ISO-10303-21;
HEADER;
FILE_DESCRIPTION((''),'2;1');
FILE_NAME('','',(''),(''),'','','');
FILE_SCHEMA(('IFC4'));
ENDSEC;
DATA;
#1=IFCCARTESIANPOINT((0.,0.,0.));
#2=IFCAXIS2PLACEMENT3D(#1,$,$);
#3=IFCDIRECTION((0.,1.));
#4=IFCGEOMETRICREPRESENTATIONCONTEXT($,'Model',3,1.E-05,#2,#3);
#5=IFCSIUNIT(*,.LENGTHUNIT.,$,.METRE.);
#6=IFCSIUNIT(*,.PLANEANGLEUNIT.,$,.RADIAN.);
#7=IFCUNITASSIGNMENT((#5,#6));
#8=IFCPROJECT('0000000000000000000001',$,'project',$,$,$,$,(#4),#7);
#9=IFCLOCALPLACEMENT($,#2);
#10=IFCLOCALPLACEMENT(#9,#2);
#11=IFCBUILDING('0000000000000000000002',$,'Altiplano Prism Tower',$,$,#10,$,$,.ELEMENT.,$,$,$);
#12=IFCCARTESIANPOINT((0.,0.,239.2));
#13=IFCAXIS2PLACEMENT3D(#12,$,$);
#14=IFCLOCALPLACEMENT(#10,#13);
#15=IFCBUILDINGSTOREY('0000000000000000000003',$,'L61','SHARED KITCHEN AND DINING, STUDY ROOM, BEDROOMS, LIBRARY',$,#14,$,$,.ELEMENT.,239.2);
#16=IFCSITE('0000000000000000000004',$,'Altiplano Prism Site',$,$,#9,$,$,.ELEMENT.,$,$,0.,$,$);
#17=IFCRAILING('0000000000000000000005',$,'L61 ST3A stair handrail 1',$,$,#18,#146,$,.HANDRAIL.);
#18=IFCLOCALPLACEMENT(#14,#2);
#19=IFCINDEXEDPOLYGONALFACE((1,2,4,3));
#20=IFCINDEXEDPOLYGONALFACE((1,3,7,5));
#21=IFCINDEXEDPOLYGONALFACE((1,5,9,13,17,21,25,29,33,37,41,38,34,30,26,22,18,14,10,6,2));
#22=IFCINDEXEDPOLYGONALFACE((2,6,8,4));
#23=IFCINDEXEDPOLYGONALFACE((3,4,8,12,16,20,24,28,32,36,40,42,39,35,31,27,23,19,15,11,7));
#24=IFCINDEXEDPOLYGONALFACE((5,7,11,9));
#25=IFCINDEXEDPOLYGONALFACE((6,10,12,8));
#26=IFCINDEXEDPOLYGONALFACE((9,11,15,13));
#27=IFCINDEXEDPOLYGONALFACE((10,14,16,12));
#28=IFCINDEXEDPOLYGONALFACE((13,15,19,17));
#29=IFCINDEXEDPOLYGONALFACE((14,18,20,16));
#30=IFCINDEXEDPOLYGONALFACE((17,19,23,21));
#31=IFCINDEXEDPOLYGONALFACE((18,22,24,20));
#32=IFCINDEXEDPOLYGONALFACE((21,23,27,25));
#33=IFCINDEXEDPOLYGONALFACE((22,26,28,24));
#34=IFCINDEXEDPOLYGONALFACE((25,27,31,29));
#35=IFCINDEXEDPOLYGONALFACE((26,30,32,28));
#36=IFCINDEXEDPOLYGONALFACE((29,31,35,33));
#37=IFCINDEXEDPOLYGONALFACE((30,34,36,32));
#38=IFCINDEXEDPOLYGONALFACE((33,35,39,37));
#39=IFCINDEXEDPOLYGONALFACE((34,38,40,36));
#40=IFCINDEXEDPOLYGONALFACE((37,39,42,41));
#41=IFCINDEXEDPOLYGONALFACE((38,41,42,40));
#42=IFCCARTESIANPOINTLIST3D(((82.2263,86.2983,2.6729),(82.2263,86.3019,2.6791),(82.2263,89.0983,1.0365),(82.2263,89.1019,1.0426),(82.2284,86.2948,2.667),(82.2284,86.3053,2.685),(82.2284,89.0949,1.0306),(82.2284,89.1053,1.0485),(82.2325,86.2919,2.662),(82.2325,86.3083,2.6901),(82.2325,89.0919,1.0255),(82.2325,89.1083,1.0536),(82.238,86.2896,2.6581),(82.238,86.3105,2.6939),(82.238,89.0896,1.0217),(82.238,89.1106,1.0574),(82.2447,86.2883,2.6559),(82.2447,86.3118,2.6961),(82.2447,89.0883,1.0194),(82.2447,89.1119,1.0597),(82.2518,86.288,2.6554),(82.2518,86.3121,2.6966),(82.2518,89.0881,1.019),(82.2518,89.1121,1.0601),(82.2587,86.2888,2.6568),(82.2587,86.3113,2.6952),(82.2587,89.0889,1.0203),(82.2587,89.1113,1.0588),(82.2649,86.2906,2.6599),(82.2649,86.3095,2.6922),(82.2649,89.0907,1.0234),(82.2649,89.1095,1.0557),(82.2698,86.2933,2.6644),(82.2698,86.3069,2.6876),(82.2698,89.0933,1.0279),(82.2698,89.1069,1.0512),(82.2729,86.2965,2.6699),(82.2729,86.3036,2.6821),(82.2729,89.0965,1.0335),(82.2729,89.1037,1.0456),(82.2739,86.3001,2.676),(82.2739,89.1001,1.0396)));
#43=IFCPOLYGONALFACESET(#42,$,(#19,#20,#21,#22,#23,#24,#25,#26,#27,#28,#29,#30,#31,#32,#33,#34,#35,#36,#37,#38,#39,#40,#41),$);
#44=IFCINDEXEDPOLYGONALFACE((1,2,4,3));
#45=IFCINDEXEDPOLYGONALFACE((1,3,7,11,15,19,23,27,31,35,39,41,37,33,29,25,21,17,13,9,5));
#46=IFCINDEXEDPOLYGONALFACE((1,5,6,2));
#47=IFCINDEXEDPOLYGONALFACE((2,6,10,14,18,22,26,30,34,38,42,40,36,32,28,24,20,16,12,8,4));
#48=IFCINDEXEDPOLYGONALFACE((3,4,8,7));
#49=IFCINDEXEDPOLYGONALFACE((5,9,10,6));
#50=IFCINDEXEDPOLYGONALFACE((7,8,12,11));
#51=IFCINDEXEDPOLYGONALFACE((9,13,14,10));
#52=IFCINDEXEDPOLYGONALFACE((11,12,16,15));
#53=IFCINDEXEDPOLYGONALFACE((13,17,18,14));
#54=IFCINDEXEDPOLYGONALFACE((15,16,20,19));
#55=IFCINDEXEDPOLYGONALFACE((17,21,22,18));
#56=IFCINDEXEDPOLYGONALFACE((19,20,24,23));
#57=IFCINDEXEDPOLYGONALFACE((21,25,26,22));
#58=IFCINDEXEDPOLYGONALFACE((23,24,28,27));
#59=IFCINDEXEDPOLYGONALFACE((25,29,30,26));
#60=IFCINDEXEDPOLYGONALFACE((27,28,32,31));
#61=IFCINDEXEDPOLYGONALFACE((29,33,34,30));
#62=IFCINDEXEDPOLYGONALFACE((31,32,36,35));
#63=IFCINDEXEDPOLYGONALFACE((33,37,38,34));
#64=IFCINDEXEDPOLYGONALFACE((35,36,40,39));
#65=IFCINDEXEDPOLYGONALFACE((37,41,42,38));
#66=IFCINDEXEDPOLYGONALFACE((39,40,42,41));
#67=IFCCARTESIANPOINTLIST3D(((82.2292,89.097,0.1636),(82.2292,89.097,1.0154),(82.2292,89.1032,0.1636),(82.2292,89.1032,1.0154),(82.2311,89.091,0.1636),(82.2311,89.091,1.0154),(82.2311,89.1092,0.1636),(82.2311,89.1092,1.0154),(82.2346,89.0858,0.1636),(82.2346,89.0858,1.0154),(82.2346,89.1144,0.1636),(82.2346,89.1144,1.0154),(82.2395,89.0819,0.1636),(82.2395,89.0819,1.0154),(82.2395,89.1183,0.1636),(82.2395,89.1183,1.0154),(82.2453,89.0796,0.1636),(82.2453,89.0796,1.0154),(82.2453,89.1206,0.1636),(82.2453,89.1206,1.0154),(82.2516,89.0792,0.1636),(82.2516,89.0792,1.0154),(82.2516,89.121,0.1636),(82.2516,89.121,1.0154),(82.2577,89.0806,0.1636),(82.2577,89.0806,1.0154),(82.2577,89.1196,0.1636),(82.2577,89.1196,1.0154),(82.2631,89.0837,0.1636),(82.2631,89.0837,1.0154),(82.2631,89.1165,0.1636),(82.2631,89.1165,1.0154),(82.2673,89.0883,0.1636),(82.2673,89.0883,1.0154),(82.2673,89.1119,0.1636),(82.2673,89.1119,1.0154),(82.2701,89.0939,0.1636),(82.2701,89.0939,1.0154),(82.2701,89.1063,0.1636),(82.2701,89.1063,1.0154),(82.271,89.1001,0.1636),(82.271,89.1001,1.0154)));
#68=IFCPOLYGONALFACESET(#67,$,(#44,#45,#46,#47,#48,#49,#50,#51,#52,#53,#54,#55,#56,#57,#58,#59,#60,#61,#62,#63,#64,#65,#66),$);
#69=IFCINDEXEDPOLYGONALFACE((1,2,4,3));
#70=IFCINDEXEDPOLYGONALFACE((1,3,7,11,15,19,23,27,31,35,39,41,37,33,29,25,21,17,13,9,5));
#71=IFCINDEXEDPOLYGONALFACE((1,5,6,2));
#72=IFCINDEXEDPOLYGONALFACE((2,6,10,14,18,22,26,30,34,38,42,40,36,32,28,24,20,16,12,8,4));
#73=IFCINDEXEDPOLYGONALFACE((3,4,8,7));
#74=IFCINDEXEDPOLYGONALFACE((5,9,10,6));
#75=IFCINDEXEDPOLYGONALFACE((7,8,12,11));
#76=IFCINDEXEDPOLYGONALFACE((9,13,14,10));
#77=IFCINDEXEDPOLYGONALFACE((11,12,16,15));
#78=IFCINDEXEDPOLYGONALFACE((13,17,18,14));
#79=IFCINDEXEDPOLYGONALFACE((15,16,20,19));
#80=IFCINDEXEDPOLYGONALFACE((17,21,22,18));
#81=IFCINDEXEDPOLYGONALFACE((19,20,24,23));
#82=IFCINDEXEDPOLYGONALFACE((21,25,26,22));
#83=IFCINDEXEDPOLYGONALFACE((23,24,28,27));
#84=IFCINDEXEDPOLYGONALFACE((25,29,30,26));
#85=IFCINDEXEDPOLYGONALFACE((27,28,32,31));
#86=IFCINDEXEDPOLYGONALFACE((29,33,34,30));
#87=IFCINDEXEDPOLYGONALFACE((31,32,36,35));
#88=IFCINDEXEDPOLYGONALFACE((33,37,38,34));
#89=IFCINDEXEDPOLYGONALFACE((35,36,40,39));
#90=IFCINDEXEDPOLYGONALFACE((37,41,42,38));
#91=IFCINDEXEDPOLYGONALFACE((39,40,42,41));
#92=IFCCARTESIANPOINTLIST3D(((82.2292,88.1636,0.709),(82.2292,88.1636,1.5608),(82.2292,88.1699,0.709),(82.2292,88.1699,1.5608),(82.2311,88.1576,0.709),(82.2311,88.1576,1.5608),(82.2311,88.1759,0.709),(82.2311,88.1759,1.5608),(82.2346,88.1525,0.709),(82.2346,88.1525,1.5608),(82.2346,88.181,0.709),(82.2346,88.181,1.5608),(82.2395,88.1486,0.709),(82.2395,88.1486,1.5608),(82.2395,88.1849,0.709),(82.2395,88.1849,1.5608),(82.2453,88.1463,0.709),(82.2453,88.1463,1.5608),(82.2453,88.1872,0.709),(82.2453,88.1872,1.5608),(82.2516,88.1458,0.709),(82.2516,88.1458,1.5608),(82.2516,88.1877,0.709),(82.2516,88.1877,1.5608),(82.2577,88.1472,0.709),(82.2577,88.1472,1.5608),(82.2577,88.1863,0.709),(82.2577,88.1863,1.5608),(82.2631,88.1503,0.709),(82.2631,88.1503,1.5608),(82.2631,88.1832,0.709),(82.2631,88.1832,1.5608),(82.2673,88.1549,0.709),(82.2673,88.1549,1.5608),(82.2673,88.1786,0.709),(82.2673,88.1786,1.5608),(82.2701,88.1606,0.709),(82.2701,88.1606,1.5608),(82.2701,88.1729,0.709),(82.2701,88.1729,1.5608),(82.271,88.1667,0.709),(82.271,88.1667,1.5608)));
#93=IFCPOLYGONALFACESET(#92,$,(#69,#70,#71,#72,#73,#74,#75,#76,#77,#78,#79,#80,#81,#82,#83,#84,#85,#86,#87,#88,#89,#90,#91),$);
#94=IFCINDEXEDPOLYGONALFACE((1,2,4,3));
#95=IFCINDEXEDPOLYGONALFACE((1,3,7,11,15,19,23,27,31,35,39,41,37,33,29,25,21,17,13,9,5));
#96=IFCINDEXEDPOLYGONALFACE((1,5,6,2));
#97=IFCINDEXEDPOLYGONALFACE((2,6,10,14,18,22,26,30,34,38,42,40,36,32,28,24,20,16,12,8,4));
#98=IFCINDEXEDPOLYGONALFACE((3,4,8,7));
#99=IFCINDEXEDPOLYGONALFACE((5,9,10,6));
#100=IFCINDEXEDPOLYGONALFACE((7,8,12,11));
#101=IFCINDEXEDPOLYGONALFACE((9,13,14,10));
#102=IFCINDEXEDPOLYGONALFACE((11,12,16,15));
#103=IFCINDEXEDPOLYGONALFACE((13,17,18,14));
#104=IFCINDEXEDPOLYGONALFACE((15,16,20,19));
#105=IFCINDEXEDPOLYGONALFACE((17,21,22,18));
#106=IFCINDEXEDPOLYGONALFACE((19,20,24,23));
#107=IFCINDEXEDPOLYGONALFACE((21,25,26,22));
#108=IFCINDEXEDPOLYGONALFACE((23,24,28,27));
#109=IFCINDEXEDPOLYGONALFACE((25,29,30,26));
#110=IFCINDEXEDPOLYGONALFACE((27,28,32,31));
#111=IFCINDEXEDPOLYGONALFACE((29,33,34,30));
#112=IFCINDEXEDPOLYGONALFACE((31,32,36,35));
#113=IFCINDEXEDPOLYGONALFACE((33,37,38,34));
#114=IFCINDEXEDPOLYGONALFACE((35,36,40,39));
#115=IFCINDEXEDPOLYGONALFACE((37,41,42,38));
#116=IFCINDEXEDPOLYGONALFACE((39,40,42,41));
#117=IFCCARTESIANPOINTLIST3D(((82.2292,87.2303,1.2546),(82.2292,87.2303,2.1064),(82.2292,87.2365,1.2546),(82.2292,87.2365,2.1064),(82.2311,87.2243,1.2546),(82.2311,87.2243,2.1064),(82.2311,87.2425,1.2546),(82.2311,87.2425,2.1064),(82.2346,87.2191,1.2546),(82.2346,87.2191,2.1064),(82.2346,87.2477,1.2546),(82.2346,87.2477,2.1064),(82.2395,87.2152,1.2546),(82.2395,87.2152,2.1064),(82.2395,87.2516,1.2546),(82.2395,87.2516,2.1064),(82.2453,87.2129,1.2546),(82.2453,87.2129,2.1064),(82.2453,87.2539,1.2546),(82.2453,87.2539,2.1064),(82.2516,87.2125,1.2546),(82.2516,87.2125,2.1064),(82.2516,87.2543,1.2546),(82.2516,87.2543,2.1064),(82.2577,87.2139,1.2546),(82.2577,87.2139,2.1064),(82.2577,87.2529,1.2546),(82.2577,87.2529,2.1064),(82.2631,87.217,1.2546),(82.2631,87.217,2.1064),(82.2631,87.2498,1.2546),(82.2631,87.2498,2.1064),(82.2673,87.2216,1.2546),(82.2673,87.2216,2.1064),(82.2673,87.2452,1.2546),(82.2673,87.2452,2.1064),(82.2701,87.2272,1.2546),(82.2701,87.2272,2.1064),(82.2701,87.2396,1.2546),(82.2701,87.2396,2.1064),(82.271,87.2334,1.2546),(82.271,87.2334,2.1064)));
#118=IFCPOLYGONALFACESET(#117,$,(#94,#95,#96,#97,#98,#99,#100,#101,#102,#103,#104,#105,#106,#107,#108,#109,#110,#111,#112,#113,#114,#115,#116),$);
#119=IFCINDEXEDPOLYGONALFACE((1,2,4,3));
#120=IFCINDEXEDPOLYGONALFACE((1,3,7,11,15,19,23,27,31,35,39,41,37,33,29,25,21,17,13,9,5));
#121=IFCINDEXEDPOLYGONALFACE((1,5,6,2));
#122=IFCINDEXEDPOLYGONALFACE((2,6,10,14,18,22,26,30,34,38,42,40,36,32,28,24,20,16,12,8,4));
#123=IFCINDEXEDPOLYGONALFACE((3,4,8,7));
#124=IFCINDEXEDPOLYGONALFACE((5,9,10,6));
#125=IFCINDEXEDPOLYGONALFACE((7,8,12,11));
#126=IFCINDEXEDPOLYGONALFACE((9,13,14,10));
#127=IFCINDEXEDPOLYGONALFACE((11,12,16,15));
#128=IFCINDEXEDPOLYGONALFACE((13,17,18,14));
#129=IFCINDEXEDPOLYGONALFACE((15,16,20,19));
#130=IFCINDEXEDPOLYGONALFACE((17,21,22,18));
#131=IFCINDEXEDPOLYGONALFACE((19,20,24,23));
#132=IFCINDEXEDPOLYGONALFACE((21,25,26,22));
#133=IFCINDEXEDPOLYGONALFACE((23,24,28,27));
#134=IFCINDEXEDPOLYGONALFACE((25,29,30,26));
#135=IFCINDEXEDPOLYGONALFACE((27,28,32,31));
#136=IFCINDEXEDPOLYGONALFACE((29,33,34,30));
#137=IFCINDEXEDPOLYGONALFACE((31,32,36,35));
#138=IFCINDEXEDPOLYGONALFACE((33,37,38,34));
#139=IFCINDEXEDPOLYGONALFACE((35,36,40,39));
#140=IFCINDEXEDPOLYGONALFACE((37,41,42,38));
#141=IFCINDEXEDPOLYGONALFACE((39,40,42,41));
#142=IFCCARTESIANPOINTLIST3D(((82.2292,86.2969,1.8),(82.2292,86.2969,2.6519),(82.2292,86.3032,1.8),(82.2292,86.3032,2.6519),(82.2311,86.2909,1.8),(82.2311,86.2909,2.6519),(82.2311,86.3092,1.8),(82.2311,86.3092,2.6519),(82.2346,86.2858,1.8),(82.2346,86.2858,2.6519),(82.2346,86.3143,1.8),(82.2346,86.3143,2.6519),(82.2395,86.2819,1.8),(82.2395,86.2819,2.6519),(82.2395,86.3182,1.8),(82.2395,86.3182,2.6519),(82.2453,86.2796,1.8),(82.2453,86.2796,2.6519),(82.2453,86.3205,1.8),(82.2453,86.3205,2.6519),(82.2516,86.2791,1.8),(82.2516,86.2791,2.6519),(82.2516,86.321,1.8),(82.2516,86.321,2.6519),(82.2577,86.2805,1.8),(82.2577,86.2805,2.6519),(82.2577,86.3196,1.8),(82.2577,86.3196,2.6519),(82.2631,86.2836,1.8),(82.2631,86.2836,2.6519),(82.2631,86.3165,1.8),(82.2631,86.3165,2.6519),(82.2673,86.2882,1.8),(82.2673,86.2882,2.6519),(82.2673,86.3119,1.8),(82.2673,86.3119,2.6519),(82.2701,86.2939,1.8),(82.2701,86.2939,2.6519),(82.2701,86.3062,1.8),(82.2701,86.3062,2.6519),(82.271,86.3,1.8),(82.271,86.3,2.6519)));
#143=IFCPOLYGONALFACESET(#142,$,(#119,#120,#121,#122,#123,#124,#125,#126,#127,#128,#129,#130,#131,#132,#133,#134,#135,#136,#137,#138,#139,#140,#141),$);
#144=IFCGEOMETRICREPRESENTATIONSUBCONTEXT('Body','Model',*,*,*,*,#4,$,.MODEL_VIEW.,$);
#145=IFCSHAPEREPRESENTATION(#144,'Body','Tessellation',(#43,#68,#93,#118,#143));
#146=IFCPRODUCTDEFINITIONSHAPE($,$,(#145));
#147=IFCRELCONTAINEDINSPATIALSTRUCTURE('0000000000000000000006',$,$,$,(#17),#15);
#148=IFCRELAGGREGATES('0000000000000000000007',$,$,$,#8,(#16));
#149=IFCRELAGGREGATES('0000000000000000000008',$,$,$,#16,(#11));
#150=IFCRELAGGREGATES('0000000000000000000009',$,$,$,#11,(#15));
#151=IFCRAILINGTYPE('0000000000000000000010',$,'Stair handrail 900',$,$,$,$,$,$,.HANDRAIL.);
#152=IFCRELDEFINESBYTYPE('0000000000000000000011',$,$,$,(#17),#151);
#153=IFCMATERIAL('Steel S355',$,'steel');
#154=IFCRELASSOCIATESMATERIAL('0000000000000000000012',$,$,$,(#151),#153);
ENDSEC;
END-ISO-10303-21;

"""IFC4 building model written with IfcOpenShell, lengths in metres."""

from ifc_helpers import new_model, si_unit, direction, frame, origin, origin_2d, place, context, subcontext, project, spatial, circle, extrude, material, type_object, element, save


model = new_model("IFC4")

# Units and contexts
model_context = context("Model", 3, precision=1e-05, world=origin(), true_north=direction((0.0, 1.0)))
body_context = subcontext(model_context, "Body", "Model", "MODEL_VIEW")
ifc_project = project(units=[si_unit("LENGTHUNIT", "METRE"), si_unit("PLANEANGLEUNIT", "RADIAN")], contexts=[model_context])

# Site, building, storey
site_placement = place(None, origin())
site = spatial("IfcSite", under=ifc_project, at=site_placement, Name="Altiplano Prism Site", CompositionType="ELEMENT", RefElevation=0.0)
building_placement = place(site_placement, origin())
building = spatial("IfcBuilding", under=site, at=building_placement, Name="Altiplano Prism Tower", CompositionType="ELEMENT")
storey_placement = place(building_placement, frame((0.0, 0.0, 239.2)))
storey = spatial("IfcBuildingStorey", under=building, at=storey_placement, Name="L61", Description="SHARED KITCHEN AND DINING, STUDY ROOM, BEDROOMS, LIBRARY", CompositionType="ELEMENT", Elevation=239.2)

# Railing
ifc_material_1 = material(Name="Steel S355", Category="steel")
railing_type = type_object("IfcRailingType", Name="Stair handrail 900", PredefinedType="HANDRAIL", material=ifc_material_1)
railing_placement = place(storey_placement, frame((82.25, 89.1001, 0.1636)))
element("IfcRailing", 1, at=railing_placement, inside=storey, type_object=railing_type, Name="L61 ST3A stair handrail 1", PredefinedType="HANDRAIL", context=body_context, shape_type="SweptSolid", body=[
    extrude(circle(Radius=0.0239, at=origin_2d()), frame((0.0, 0.0, 0.876), z_axis=(0.0, -0.863361, 0.504587), x_axis=(1.0, 0.0, 0.0)), (0.0, 0.0, 1.0), 3.2432),
    extrude(circle(Radius=0.021, at=origin_2d()), origin(), (0.0, 0.0, 1.0), 0.8518),
    extrude(circle(Radius=0.021, at=origin_2d()), frame((0.0, -0.9333, 0.5454)), (0.0, 0.0, 1.0), 0.8518),
    extrude(circle(Radius=0.021, at=origin_2d()), frame((0.0, -1.8667, 1.0911)), (0.0, 0.0, 1.0), 0.8518),
    extrude(circle(Radius=0.021, at=origin_2d()), frame((0.0, -2.8, 1.6365)), (0.0, 0.0, 1.0), 0.8518),
])

save(model, "model.ifc")
